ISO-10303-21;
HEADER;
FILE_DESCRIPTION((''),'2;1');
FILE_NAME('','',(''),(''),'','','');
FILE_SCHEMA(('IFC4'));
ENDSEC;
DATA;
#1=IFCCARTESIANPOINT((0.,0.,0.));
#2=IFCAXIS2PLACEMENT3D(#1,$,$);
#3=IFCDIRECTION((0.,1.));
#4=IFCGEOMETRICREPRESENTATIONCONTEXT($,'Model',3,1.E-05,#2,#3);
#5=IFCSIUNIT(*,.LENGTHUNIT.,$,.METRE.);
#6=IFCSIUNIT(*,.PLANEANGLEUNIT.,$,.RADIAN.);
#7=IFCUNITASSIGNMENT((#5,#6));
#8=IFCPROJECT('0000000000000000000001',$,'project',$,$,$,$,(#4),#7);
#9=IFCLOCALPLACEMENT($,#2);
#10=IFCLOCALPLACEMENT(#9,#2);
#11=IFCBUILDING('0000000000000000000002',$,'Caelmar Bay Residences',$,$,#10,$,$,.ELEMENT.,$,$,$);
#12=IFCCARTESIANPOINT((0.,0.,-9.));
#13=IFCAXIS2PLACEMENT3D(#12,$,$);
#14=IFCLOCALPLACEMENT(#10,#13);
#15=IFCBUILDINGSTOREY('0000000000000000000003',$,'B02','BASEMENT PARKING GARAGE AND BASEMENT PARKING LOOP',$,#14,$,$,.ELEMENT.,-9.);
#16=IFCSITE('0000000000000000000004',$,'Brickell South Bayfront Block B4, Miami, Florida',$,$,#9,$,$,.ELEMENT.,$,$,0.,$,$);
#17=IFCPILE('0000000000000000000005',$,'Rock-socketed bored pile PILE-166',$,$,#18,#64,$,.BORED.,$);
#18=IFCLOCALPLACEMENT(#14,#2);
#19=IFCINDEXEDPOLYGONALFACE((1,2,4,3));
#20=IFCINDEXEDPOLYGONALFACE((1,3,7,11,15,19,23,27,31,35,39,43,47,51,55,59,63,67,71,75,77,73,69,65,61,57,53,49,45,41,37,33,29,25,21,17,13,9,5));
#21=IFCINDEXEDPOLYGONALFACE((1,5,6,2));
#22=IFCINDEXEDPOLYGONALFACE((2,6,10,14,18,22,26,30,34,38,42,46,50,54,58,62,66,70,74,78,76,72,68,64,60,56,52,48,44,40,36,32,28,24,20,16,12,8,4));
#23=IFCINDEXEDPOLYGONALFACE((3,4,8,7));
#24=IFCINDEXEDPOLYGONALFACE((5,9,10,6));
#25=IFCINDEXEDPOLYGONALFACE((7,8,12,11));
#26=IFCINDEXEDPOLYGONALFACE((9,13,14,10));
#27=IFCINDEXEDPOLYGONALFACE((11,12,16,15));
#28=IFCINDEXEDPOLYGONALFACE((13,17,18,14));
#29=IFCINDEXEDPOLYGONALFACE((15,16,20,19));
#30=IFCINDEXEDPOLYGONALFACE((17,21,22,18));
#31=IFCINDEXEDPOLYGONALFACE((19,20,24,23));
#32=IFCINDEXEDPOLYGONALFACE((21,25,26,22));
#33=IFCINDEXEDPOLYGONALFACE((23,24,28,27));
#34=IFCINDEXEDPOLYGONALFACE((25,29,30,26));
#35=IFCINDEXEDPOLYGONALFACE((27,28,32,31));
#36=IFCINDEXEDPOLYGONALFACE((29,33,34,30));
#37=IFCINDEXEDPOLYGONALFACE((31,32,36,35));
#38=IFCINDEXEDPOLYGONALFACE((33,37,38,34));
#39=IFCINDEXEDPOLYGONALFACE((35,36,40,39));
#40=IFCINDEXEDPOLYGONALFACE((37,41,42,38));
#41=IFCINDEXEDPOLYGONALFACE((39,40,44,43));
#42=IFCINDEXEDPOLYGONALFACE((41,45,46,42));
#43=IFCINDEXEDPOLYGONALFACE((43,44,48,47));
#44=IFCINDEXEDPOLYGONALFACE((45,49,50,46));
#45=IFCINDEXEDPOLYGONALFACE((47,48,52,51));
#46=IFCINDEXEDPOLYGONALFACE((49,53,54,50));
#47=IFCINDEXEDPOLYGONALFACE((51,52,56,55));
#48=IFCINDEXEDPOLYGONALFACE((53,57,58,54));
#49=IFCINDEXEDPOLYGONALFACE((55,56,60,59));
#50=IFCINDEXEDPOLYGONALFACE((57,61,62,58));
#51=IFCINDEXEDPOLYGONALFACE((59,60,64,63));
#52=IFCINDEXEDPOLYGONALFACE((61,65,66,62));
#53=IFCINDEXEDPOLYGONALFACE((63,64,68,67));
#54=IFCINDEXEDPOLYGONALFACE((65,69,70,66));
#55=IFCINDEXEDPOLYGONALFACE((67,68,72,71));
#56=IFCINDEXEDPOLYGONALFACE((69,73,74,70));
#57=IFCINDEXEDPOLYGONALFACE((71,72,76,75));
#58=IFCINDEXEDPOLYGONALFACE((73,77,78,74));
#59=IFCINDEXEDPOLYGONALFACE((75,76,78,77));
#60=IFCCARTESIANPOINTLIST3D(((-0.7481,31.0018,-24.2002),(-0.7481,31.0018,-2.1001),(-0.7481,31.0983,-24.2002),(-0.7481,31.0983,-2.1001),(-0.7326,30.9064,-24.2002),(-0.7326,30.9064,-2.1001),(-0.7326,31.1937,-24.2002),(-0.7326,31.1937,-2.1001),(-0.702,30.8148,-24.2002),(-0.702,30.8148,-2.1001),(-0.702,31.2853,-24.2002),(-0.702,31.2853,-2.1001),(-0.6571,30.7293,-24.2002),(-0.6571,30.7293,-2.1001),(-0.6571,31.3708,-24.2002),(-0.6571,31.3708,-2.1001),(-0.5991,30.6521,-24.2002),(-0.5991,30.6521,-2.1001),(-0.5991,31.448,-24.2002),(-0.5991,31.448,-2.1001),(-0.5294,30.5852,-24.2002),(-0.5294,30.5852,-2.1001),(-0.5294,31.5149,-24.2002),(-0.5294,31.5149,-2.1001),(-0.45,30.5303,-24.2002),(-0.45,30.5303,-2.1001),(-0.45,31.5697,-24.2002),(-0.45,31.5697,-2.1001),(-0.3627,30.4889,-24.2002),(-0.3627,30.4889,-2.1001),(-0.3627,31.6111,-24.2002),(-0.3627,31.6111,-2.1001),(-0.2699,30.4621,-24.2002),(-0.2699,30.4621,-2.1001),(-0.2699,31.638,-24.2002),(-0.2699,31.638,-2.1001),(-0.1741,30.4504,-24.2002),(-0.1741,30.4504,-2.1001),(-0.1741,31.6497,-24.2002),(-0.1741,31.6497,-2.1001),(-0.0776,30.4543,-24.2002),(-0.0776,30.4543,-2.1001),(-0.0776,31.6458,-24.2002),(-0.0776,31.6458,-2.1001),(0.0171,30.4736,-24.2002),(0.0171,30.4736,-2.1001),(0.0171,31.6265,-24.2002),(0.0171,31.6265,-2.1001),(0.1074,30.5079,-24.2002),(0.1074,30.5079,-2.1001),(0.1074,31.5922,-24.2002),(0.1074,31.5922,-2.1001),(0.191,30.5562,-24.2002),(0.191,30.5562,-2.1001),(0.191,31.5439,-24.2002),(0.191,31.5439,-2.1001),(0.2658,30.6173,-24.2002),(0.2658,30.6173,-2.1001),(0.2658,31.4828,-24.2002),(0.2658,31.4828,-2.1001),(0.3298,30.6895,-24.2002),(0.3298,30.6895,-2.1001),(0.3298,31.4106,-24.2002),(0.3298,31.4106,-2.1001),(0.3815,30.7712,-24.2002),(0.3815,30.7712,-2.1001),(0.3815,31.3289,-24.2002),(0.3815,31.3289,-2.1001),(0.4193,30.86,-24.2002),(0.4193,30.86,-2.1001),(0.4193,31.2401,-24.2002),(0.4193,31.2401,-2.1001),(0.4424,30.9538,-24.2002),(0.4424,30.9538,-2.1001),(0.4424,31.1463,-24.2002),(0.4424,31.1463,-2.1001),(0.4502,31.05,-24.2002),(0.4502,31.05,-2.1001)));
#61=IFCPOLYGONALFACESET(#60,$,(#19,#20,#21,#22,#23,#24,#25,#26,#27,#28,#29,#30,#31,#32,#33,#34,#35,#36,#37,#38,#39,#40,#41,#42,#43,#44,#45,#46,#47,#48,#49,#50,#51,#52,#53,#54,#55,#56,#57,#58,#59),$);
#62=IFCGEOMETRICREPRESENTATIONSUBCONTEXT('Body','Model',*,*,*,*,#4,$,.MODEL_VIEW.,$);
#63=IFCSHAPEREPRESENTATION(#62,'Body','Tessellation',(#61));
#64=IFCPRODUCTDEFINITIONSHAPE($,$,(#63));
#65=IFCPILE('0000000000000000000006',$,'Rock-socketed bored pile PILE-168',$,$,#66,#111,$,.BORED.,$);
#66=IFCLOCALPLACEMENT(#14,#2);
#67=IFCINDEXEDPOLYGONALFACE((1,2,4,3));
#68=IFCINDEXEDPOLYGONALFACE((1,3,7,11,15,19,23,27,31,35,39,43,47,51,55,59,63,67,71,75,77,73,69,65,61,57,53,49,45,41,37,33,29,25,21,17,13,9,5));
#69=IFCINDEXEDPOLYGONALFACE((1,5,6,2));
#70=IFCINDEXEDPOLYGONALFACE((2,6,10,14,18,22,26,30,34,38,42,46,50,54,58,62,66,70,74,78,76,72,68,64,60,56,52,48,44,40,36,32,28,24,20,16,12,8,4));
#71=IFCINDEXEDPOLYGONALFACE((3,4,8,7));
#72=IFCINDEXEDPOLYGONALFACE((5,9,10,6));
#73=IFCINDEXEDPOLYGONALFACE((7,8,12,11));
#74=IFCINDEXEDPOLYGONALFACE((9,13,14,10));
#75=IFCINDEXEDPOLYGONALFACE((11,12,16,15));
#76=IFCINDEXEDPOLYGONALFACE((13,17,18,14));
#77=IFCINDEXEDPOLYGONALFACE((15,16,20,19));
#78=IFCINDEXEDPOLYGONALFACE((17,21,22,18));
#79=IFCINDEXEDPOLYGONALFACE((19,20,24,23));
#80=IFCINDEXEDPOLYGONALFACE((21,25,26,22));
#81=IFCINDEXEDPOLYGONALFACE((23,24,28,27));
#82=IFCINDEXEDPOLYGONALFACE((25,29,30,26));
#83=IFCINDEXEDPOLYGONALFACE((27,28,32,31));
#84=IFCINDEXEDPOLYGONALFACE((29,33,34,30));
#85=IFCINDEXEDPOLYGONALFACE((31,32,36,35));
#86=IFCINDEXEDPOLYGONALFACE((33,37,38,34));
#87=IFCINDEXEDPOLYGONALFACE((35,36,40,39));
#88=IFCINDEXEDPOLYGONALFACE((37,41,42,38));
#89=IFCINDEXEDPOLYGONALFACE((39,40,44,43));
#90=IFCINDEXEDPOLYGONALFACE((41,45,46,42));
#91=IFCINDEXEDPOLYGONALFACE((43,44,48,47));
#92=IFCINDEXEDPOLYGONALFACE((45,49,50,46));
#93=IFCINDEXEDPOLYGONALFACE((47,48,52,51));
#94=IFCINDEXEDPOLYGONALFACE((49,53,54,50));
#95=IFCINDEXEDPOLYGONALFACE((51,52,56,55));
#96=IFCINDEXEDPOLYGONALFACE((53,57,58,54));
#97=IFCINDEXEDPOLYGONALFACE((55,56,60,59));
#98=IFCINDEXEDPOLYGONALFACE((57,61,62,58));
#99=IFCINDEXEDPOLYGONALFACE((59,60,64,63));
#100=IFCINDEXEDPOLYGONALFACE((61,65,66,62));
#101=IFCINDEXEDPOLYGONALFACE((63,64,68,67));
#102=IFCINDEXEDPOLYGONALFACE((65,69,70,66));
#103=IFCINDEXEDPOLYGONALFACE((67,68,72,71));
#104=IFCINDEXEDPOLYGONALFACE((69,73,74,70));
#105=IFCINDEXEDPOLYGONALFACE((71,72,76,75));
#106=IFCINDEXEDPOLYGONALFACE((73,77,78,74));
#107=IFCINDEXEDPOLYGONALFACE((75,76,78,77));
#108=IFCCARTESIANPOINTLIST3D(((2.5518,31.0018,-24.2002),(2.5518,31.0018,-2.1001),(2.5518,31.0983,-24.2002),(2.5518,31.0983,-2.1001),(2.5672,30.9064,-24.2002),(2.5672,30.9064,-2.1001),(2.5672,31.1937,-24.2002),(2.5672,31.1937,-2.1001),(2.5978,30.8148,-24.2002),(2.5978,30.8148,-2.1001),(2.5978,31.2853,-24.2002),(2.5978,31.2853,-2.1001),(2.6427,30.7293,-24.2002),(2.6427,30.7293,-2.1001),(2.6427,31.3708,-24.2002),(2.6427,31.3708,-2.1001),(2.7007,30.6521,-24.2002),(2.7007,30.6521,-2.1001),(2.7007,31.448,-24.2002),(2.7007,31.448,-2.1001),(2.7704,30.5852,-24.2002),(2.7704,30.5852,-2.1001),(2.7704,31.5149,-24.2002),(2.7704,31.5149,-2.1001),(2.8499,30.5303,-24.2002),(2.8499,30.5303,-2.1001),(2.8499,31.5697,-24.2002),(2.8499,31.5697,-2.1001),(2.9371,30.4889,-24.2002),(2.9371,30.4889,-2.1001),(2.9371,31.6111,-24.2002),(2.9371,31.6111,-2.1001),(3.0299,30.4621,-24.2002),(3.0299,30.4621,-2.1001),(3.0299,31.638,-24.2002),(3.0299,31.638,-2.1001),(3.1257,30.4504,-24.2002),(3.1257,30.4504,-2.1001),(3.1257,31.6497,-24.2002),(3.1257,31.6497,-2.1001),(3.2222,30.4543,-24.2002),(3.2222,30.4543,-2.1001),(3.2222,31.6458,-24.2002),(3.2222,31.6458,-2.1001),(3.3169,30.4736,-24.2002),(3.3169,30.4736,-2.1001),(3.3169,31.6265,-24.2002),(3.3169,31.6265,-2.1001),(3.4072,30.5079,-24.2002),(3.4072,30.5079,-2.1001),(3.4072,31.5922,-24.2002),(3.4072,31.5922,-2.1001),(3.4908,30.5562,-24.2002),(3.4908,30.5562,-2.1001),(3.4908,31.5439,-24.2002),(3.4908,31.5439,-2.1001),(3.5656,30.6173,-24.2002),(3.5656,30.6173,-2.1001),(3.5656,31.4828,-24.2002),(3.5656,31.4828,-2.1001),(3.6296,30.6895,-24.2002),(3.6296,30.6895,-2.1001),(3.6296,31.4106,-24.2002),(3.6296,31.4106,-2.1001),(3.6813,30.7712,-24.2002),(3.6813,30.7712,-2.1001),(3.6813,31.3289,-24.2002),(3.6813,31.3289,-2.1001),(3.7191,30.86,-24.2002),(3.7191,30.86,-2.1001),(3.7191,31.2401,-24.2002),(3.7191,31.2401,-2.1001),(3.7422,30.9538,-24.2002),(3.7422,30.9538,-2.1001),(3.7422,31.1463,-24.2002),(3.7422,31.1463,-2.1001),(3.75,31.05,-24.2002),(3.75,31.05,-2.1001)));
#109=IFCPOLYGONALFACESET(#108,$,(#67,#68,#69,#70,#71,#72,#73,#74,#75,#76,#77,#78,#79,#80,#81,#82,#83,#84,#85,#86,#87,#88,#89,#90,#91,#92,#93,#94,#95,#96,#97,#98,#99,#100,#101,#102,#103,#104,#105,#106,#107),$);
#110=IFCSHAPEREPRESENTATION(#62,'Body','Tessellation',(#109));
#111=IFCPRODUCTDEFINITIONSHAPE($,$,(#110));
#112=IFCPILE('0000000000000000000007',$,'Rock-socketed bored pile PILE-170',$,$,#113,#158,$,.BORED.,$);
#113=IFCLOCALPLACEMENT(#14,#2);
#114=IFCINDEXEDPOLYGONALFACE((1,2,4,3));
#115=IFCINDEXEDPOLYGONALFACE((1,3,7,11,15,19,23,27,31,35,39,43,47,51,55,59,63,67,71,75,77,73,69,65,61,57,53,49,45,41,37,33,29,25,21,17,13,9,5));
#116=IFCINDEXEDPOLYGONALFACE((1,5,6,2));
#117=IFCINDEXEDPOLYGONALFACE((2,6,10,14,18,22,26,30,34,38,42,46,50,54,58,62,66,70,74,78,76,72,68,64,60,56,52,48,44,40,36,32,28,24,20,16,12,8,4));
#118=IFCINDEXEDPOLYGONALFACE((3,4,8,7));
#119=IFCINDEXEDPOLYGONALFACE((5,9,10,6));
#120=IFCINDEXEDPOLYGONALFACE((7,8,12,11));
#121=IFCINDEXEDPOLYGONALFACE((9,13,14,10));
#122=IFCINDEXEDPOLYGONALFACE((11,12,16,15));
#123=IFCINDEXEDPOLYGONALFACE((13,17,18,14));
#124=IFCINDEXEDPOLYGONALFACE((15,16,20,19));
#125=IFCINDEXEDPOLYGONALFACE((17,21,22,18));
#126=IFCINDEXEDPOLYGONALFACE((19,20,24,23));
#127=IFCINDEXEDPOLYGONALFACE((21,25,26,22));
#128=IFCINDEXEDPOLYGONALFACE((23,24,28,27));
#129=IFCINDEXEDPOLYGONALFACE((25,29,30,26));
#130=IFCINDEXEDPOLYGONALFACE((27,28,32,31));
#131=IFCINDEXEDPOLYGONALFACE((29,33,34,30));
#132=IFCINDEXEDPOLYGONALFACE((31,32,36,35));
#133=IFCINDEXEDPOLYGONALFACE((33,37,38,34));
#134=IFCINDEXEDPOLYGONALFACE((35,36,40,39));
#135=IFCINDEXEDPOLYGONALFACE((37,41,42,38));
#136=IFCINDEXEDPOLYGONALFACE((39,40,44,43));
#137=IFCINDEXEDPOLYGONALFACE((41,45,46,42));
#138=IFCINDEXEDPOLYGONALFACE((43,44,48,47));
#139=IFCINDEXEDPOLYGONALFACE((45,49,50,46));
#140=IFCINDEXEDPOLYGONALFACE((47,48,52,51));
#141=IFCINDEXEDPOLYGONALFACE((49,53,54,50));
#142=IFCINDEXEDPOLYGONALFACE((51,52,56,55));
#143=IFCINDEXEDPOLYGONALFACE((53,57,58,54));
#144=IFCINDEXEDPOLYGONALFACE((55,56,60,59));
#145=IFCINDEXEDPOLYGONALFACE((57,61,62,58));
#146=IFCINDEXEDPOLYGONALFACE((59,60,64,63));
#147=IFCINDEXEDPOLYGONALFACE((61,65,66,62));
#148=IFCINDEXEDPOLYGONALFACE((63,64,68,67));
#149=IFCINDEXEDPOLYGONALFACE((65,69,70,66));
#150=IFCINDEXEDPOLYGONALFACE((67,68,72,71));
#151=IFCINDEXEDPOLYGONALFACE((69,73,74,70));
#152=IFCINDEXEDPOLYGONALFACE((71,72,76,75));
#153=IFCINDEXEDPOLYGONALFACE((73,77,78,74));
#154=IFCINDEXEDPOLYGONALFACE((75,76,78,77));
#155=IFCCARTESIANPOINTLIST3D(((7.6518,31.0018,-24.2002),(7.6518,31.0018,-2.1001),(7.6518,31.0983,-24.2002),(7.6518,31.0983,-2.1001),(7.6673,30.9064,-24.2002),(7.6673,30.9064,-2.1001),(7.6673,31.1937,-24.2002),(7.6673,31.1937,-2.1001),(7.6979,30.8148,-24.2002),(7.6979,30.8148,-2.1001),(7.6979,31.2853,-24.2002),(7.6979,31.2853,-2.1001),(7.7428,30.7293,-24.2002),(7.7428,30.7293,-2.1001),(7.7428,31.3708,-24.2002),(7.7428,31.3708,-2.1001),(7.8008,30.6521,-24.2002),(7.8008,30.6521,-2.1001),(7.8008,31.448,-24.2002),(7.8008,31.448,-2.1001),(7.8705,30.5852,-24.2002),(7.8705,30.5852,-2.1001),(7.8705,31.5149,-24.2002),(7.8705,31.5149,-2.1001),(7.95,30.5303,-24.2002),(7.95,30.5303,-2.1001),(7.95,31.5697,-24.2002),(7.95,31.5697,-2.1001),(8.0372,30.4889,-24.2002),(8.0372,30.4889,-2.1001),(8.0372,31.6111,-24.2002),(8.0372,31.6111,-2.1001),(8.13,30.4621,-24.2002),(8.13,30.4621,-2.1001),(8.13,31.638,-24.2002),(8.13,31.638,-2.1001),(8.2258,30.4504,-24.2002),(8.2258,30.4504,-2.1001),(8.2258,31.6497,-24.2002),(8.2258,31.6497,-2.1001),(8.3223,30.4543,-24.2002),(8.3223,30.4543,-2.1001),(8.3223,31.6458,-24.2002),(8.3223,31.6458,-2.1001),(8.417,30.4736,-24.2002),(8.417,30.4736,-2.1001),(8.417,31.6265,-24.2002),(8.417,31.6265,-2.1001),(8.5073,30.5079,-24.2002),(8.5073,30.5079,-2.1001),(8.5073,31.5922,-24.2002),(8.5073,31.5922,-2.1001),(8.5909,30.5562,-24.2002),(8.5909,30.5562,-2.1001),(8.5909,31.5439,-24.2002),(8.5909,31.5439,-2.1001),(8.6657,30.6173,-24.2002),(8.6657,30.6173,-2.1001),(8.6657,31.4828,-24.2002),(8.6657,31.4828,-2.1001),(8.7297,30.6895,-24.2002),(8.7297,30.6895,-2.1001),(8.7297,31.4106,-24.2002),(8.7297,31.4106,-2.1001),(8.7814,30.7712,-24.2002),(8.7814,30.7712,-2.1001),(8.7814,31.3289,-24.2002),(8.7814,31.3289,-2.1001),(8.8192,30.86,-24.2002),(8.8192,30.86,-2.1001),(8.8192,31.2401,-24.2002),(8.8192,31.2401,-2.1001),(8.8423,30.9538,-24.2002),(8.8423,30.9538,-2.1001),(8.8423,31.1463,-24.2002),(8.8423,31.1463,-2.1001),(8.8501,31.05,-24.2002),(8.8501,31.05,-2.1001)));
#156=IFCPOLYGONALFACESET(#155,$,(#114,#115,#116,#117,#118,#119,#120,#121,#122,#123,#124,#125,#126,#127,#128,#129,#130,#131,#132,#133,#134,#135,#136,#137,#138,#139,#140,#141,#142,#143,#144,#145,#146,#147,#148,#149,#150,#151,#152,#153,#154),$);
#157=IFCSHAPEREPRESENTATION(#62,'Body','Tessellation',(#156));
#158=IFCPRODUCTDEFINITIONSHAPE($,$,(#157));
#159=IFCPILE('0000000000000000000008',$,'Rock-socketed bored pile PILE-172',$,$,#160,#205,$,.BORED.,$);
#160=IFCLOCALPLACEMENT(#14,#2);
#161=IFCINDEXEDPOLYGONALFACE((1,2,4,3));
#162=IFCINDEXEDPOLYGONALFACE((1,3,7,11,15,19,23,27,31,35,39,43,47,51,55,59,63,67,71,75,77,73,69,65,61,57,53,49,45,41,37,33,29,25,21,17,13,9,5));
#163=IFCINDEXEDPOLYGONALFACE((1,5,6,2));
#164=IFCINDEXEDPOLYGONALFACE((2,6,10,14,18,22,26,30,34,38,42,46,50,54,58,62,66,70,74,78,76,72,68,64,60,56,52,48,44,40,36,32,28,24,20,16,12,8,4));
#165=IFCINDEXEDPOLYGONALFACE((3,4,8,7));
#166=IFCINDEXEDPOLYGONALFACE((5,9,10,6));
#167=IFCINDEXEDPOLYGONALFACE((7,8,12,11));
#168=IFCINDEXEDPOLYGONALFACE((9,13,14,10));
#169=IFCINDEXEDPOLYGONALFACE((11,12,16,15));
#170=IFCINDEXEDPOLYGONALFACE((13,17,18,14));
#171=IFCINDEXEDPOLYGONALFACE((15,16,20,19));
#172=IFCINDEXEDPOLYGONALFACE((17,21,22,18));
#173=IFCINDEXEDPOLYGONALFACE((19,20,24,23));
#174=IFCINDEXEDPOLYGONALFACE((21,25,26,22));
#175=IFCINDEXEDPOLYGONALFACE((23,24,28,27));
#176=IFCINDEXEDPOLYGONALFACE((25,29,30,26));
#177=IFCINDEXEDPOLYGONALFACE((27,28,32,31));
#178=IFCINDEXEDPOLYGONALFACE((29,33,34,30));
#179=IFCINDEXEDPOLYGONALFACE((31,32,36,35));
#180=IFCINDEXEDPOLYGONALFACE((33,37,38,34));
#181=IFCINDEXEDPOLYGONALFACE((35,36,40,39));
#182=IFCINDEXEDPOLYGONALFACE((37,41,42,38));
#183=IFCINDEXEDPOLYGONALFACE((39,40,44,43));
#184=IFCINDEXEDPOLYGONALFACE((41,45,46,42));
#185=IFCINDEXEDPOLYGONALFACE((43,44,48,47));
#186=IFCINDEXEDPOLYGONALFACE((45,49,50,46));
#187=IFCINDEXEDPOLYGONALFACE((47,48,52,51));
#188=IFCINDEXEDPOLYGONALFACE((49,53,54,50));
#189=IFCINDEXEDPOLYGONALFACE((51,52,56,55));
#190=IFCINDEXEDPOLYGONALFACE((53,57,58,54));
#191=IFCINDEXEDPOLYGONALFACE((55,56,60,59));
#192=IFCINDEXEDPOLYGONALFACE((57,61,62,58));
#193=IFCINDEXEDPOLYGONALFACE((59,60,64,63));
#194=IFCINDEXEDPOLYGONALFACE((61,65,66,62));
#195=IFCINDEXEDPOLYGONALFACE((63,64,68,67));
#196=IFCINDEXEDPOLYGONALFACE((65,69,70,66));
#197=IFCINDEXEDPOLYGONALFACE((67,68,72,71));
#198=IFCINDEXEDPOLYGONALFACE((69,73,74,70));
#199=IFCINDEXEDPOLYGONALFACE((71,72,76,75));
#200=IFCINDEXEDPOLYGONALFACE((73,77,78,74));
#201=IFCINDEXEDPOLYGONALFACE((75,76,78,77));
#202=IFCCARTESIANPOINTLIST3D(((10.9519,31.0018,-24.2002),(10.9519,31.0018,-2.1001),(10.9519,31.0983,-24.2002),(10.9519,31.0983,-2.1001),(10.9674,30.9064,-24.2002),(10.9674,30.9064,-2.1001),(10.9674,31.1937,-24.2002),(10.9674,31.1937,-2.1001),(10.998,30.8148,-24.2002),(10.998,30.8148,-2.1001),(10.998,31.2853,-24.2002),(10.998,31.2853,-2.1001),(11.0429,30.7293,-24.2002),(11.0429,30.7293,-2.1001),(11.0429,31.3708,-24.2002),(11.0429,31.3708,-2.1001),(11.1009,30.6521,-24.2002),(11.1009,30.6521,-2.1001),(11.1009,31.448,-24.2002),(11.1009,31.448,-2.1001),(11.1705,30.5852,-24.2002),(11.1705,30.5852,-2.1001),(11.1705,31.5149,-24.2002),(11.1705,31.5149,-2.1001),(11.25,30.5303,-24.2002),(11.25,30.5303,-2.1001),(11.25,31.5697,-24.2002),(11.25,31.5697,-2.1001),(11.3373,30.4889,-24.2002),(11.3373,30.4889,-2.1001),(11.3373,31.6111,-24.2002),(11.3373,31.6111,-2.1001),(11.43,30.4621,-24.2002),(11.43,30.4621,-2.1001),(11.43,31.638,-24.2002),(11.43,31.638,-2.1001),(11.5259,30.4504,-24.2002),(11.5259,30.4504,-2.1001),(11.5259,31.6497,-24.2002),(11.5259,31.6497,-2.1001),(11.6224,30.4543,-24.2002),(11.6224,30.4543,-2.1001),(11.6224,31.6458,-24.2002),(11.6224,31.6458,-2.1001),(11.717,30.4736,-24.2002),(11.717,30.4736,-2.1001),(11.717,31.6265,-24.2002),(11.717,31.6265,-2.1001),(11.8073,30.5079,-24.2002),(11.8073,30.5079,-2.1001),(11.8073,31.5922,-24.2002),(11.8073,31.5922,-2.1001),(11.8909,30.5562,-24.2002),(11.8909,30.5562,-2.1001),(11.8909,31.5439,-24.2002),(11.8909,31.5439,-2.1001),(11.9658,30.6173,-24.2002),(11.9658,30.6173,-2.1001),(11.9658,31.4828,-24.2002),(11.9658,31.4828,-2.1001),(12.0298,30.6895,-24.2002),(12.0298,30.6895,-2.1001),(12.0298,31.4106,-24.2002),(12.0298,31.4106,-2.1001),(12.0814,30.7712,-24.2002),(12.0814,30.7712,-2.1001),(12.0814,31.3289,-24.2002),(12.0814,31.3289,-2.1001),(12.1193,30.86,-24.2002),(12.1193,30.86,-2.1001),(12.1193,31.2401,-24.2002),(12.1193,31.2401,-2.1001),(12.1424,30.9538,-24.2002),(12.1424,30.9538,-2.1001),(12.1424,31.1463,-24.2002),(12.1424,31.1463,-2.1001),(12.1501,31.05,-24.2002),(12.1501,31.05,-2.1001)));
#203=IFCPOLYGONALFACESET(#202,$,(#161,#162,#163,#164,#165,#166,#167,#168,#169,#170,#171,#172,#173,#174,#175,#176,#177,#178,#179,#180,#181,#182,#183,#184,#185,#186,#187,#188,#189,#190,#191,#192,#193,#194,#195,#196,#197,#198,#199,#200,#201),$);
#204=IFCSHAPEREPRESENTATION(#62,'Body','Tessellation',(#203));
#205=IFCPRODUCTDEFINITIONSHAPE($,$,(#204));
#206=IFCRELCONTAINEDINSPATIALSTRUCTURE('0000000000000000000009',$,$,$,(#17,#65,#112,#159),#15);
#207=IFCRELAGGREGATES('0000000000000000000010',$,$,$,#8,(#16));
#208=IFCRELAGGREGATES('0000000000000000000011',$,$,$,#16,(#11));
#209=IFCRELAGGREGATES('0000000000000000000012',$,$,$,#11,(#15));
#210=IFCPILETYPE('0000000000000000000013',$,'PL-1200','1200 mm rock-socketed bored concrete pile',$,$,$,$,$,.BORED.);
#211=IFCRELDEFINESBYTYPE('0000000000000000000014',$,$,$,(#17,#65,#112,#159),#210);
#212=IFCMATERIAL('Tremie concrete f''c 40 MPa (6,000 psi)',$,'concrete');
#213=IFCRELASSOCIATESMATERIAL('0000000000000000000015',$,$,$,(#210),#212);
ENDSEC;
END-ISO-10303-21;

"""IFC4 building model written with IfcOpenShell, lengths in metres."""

from ifc_helpers import new_model, si_unit, direction, frame, origin, origin_2d, place, context, subcontext, project, spatial, circle, extrude, material, material_profile, profile_set, type_object, element, save


model = new_model("IFC4")

# Units and contexts
model_context = context("Model", 3, precision=1e-05, world=origin(), true_north=direction((0.0, 1.0)))
body_context = subcontext(model_context, "Body", "Model", "MODEL_VIEW")
ifc_project = project(units=[si_unit("LENGTHUNIT", "METRE"), si_unit("PLANEANGLEUNIT", "RADIAN")], contexts=[model_context])

# Site, building, storey
site_placement = place(None, origin())
site = spatial("IfcSite", under=ifc_project, at=site_placement, Name="Brickell South Bayfront Block B4, Miami, Florida", CompositionType="ELEMENT", RefElevation=0.0)
building_placement = place(site_placement, origin())
building = spatial("IfcBuilding", under=site, at=building_placement, Name="Caelmar Bay Residences", CompositionType="ELEMENT")
storey_placement = place(building_placement, frame((0.0, 0.0, -9.0)))
storey = spatial("IfcBuildingStorey", under=building, at=storey_placement, Name="B02", Description="BASEMENT PARKING GARAGE AND BASEMENT PARKING LOOP", CompositionType="ELEMENT", Elevation=-9.0)

# Piles
ifc_material_1 = material(Name="Tremie concrete f'c 40 MPa (6,000 psi)", Category="concrete")
ifc_material_profile_1 = material_profile(ifc_material_1, circle(Radius=0.6001, at=origin_2d()), Name="PILE-1200D")
ifc_profile_set_1 = profile_set([ifc_material_profile_1], Name="Tremie concrete f'c 40 MPa (6,000 psi)")
pile_type_1 = type_object("IfcPileType", Name="PL-1200", Description="1200 mm rock-socketed bored concrete pile", PredefinedType="BORED", material=ifc_profile_set_1)
for number, where, z_axis, x_axis, name in (
    (1, (-0.1499, 31.05, -2.1001), (0.0, 0.0, -1.0), (1.0, 0.0, 0.0), "Rock-socketed bored pile PILE-166"),
    (2, (3.1499, 31.05, -2.1001), (0.0, 0.0, -1.0), (1.0, 0.0, 0.0), "Rock-socketed bored pile PILE-168"),
    (3, (8.25, 31.05, -2.1001), (0.0, 0.0, -1.0), (1.0, 0.0, 0.0), "Rock-socketed bored pile PILE-170"),
    (4, (11.55, 31.05, -2.1001), (0.0, 0.0, -1.0), (1.0, 0.0, 0.0), "Rock-socketed bored pile PILE-172"),
):
    element("IfcPile", number, at=place(storey_placement, frame(where, z_axis=z_axis, x_axis=x_axis)), inside=storey, type_object=pile_type_1, Name=name, PredefinedType="BORED", context=body_context, shape_type="SweptSolid", body=[
        extrude(circle(Radius=0.6001, at=origin_2d()), origin(), (0.0, 0.0, 1.0), 22.1001),
    ])

save(model, "model.ifc")
